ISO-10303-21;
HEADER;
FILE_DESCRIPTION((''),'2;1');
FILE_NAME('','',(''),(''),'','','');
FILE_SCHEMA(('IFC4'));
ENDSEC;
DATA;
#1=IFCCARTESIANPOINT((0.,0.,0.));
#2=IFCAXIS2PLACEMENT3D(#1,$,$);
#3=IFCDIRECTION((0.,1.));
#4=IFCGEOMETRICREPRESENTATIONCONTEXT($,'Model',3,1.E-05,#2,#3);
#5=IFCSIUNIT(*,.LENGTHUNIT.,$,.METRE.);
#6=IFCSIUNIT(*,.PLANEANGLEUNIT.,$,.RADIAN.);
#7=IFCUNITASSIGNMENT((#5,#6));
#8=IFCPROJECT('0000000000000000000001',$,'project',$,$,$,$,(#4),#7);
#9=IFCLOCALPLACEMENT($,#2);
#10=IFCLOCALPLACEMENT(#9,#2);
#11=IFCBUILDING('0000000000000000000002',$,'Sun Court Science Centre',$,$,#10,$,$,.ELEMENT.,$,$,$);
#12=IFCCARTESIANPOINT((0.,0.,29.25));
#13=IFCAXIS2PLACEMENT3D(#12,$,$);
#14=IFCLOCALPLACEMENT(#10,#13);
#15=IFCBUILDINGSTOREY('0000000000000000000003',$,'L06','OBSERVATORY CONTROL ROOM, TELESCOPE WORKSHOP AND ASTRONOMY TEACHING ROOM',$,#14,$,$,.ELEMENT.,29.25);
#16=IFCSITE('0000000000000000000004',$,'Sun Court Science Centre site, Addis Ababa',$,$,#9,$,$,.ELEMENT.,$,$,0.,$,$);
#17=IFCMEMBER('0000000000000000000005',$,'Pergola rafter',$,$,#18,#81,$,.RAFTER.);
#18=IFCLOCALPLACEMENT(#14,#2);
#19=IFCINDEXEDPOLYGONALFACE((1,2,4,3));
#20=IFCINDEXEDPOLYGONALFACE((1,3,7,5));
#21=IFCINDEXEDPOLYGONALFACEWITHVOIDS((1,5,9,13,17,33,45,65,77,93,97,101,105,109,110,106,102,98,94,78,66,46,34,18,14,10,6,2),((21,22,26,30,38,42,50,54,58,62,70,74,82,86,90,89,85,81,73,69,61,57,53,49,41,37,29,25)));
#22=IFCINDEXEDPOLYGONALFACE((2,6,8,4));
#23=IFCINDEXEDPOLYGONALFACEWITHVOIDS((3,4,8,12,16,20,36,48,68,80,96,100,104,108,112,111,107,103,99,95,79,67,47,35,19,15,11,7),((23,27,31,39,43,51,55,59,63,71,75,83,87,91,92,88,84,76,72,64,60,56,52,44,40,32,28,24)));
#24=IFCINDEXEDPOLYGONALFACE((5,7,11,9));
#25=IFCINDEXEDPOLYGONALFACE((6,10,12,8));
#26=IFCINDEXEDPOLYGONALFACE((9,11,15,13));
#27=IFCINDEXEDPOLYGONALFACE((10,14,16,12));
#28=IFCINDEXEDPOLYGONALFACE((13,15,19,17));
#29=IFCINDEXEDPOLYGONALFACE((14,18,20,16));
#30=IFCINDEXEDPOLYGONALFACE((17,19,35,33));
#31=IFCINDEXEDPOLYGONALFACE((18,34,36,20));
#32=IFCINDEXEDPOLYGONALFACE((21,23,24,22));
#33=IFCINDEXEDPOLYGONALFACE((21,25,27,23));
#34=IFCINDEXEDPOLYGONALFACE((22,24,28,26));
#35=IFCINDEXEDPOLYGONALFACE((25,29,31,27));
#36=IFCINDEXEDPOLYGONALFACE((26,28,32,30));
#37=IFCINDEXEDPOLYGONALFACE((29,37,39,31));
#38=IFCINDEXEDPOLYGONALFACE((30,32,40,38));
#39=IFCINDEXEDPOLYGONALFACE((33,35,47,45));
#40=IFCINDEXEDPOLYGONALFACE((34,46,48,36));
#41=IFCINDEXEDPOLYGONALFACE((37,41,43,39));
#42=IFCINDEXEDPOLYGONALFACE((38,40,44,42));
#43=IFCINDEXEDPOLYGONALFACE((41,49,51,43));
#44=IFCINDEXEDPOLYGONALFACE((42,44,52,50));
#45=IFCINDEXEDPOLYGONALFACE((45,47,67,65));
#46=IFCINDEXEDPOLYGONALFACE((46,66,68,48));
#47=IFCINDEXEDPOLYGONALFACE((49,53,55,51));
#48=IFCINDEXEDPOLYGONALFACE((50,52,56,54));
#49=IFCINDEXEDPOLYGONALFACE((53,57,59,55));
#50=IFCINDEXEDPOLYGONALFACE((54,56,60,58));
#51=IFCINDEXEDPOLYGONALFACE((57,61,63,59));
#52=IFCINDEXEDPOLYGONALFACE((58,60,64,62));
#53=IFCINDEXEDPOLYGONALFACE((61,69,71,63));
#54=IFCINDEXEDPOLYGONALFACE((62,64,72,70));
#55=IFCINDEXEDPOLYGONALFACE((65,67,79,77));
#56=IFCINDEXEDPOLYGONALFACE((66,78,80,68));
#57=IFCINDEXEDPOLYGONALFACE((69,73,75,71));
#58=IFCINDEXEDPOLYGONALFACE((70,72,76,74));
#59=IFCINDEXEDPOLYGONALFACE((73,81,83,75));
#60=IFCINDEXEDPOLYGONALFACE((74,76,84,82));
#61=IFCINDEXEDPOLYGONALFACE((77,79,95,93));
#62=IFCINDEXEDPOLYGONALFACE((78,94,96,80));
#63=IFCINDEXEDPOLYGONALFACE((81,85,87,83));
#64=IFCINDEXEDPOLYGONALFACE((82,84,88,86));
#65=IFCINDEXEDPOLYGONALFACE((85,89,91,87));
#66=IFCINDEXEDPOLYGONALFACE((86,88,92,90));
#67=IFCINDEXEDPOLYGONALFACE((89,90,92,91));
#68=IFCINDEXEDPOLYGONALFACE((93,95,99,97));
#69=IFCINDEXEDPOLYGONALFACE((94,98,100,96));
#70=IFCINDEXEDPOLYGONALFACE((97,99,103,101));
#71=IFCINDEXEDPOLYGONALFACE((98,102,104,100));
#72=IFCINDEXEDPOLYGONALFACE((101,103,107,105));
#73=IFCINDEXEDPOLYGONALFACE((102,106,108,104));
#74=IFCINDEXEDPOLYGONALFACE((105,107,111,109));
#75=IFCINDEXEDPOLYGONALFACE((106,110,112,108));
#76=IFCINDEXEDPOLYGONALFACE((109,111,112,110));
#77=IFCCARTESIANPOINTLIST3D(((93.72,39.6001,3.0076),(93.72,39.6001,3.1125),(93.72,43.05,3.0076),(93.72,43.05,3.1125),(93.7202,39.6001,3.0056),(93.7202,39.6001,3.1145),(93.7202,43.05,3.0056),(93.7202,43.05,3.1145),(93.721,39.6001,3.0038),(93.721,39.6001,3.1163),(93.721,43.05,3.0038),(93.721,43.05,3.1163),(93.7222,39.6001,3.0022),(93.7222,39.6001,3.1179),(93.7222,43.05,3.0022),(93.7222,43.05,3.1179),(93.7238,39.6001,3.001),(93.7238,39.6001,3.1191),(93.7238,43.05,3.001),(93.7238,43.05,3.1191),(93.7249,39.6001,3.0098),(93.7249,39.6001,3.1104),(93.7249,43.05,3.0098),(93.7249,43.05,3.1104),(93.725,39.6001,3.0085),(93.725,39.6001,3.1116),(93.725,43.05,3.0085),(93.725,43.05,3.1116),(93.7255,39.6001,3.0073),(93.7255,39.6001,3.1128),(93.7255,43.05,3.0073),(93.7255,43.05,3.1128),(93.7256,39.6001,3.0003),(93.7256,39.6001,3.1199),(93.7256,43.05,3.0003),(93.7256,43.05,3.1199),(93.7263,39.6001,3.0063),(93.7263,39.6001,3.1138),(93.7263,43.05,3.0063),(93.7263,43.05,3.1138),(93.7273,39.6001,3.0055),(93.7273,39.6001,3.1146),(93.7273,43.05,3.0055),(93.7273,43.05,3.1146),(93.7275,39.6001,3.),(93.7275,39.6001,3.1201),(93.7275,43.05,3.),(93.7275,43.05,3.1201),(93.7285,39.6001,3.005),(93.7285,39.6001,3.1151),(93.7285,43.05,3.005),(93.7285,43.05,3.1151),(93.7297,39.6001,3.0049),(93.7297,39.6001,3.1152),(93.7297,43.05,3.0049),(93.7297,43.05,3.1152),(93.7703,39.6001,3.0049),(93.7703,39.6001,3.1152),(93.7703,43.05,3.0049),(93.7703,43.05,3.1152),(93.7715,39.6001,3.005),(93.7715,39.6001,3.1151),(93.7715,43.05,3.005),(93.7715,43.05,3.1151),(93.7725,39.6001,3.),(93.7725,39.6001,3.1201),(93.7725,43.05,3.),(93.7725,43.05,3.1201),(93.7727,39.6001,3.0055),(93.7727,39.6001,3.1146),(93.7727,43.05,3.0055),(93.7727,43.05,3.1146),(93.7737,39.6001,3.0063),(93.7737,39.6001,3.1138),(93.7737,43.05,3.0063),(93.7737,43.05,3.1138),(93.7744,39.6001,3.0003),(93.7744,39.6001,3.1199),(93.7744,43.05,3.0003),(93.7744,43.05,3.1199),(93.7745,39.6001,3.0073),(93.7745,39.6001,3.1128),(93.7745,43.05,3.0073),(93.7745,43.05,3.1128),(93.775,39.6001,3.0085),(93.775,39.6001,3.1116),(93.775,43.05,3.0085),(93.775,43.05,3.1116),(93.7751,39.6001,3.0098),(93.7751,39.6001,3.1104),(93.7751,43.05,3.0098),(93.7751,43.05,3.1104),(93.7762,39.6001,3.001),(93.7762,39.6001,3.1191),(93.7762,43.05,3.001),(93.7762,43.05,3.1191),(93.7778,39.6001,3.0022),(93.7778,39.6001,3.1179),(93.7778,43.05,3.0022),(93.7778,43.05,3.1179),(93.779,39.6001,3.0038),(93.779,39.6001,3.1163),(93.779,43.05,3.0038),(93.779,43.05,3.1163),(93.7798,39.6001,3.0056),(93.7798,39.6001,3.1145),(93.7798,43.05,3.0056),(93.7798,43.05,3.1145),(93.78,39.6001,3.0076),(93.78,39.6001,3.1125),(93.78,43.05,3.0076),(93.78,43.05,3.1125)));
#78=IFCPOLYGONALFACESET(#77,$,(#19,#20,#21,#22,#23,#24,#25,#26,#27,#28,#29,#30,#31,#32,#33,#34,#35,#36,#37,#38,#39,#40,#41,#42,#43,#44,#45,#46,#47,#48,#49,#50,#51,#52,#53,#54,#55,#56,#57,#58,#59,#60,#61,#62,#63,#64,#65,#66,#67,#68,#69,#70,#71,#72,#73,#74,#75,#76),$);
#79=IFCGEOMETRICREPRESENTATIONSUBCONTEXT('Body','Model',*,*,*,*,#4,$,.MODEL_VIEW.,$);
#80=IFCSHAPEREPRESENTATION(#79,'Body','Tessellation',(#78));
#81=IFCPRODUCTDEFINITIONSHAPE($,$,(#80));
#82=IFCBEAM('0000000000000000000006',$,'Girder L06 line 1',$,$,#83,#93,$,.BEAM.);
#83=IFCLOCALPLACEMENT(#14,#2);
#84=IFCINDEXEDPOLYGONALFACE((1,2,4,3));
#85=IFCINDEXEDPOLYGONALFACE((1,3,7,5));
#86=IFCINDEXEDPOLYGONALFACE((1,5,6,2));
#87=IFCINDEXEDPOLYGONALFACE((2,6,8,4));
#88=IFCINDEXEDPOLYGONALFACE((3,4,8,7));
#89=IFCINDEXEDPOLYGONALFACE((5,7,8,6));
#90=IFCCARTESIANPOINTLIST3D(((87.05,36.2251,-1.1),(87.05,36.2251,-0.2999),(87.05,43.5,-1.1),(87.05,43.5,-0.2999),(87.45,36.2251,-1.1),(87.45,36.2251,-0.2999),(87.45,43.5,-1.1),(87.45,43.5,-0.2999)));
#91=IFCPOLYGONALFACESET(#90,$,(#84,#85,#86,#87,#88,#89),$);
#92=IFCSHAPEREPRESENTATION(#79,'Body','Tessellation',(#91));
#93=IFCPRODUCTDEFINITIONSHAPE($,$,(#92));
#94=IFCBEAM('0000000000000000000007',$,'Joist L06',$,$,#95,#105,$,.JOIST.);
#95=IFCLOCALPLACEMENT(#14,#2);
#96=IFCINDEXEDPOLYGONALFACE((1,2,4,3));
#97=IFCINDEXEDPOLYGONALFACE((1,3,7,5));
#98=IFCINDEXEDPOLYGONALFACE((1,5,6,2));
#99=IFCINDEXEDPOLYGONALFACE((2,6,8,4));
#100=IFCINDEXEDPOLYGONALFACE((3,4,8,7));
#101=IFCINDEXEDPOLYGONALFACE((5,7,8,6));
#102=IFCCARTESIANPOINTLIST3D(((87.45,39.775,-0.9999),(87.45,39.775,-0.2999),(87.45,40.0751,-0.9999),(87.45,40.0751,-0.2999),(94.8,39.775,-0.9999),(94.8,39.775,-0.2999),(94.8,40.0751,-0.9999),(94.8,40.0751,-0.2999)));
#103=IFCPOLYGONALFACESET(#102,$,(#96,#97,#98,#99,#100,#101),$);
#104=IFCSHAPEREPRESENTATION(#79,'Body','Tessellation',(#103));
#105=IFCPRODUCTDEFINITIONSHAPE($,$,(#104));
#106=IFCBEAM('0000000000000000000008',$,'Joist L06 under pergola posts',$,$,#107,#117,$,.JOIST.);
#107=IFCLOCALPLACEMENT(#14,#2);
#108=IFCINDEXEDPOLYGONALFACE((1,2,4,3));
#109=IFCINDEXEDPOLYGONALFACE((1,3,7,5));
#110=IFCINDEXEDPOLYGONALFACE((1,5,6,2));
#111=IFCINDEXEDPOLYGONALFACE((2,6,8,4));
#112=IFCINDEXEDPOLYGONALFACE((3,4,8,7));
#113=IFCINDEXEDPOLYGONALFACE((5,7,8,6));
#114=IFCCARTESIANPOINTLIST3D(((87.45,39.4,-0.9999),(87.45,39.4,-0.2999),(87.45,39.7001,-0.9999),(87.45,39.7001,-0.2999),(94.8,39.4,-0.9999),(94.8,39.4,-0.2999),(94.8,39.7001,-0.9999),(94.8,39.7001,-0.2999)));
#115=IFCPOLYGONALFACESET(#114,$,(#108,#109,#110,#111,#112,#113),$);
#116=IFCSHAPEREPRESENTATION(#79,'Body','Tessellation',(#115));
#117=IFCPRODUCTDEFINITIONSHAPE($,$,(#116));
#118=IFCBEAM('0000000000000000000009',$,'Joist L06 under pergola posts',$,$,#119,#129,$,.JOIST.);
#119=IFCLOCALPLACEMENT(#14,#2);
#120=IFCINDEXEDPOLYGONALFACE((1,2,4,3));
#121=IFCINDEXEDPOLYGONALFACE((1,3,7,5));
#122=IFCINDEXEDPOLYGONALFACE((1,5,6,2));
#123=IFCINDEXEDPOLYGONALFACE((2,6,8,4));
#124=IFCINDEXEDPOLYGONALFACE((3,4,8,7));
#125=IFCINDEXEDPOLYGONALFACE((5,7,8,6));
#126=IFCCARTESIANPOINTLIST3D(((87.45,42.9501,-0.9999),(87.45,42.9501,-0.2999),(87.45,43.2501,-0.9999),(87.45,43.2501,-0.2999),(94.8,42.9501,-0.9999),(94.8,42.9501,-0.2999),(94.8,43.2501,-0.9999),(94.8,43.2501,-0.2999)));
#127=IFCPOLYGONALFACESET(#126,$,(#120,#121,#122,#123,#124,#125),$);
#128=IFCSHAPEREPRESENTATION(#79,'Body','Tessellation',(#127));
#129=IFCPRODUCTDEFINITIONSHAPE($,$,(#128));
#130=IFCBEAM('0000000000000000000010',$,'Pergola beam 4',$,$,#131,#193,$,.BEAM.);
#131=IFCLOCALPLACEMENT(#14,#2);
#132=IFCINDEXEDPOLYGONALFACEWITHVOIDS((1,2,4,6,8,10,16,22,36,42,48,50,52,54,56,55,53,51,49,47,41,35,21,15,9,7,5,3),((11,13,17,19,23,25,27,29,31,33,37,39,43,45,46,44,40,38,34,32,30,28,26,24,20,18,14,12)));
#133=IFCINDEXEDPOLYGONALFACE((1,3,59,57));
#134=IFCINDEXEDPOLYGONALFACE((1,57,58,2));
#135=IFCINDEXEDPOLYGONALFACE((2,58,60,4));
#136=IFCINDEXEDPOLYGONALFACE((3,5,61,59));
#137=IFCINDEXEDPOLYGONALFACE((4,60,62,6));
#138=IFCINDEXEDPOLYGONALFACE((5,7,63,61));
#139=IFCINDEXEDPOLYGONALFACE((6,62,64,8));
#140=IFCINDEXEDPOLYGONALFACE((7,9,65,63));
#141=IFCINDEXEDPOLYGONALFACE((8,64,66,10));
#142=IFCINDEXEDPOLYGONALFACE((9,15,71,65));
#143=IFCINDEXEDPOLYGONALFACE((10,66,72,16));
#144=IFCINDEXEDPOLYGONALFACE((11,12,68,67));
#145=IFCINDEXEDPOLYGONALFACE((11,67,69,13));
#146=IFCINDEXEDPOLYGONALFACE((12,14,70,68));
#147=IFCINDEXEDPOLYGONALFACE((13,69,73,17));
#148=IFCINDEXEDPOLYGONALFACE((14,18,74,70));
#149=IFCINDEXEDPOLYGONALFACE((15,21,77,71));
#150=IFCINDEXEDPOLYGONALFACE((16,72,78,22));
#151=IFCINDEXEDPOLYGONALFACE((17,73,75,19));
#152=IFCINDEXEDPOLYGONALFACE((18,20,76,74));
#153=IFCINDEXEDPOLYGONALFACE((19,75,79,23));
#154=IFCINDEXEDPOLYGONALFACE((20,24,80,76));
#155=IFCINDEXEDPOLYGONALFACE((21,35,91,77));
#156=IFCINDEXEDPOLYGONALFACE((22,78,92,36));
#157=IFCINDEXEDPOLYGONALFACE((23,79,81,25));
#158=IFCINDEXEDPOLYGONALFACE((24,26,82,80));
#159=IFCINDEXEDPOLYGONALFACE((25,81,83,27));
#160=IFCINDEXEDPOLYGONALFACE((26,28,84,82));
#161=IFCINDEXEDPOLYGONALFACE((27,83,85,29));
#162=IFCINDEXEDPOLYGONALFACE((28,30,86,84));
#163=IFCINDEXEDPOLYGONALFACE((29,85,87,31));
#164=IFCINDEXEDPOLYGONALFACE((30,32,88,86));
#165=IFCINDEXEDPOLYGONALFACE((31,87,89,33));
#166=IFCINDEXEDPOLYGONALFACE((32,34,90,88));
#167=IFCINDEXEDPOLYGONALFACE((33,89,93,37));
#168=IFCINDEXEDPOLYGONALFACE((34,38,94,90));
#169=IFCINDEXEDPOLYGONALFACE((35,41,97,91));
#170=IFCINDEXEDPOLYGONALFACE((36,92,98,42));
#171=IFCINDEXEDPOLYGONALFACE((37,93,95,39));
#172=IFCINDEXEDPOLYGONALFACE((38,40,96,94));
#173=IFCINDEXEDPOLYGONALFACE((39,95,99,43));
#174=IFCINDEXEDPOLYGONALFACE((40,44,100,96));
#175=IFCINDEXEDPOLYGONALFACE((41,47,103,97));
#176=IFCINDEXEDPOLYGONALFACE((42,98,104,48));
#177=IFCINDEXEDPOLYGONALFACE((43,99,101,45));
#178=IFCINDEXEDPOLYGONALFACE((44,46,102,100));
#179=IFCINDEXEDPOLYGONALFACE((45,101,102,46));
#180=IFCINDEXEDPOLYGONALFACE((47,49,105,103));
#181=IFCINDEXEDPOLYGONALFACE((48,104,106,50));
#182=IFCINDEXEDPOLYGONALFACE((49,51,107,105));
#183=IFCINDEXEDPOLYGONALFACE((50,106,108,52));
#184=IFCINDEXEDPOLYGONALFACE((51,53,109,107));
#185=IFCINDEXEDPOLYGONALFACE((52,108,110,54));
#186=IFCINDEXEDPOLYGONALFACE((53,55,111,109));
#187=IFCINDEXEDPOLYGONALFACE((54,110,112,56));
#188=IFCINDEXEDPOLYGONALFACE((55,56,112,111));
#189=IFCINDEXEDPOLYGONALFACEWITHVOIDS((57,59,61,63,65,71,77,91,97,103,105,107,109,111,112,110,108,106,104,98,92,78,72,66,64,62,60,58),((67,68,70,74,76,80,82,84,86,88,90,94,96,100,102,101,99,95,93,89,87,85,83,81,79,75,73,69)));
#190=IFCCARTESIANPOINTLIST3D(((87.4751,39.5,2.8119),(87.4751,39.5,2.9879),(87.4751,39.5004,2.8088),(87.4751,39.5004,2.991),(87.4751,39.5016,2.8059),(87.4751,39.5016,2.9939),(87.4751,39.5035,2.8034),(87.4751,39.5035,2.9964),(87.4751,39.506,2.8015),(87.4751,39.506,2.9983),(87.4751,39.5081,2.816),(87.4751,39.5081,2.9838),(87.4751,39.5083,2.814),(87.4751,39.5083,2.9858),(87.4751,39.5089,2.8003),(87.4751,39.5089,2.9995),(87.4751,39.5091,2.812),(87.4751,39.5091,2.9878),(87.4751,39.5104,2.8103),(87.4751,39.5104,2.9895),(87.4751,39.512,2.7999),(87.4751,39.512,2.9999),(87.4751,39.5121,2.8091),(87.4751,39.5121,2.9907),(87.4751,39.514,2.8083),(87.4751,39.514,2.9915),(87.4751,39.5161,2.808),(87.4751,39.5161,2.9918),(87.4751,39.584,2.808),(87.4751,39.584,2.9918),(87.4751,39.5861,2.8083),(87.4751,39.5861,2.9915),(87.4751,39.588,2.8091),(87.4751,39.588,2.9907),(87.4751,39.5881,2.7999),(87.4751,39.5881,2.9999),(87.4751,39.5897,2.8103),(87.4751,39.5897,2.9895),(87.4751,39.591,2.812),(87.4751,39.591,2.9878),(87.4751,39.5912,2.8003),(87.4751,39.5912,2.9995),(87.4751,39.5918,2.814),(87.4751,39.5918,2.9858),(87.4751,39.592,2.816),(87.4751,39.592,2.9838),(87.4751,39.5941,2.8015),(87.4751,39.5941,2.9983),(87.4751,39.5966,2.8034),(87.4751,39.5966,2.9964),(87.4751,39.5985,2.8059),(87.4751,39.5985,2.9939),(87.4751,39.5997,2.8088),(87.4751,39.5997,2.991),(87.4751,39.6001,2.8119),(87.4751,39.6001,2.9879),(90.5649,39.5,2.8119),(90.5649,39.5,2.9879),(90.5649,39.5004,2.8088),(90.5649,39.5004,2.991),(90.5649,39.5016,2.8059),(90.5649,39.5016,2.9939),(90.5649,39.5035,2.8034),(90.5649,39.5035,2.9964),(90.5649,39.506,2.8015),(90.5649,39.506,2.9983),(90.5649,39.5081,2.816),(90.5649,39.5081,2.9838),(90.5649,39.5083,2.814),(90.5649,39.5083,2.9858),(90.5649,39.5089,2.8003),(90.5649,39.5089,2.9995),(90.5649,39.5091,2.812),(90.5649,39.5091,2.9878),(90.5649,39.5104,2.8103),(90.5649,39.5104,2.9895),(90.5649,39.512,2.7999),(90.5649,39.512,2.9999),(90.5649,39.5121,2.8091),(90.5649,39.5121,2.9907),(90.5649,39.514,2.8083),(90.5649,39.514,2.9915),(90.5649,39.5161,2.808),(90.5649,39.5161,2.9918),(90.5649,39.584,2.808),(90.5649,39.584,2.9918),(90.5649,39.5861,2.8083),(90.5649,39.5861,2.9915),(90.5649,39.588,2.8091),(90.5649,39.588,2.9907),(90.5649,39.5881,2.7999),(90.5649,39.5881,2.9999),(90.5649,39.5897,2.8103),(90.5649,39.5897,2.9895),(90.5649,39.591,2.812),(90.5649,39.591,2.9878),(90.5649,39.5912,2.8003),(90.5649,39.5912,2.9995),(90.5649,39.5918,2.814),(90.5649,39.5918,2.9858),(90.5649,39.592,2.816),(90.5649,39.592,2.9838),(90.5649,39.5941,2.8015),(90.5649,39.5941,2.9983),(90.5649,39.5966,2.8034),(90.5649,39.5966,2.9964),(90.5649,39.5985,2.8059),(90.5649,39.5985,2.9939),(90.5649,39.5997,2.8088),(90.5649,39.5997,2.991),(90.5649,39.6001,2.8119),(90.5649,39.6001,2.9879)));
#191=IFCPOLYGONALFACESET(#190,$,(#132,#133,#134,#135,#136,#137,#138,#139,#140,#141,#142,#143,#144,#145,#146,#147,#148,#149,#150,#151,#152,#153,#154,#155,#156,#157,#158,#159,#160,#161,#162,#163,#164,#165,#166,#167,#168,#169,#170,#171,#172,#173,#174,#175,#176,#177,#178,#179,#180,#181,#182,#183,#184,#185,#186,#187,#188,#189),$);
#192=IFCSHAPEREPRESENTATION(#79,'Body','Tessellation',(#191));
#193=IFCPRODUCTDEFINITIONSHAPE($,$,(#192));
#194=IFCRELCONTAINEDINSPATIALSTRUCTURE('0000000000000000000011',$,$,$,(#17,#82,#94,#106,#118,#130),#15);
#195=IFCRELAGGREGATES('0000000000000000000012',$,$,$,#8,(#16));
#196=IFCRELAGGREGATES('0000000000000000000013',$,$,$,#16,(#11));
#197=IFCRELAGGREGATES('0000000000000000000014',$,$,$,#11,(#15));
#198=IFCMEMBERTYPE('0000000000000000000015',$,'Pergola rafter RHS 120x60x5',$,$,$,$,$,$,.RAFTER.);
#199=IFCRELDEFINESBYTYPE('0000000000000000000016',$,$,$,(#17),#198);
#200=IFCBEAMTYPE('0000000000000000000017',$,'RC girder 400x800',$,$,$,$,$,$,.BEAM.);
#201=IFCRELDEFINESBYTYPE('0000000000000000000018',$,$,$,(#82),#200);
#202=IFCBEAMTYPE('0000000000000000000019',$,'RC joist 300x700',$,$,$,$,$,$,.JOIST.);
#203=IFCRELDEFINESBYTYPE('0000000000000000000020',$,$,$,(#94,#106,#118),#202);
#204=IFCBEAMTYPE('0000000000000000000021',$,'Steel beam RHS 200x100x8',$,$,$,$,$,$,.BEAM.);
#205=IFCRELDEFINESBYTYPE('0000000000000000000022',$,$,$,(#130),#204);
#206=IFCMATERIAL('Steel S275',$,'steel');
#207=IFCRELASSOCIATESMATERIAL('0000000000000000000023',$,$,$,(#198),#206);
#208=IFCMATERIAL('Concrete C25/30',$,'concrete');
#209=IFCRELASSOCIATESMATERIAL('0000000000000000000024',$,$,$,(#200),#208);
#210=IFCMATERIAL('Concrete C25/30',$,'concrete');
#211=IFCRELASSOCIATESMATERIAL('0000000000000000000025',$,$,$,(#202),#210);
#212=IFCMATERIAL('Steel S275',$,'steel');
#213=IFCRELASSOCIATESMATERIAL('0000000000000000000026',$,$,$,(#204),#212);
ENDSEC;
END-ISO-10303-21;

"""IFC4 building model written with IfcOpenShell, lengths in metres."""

from ifc_helpers import new_model, si_unit, direction, frame, origin, origin_2d, place, context, subcontext, project, spatial, rectangle, hollow_rectangle, extrude, material, material_profile, profile_set, type_object, element, save


model = new_model("IFC4")

# Units and contexts
model_context = context("Model", 3, precision=1e-05, world=origin(), true_north=direction((0.0, 1.0)))
body_context = subcontext(model_context, "Body", "Model", "MODEL_VIEW")
ifc_project = project(units=[si_unit("LENGTHUNIT", "METRE"), si_unit("PLANEANGLEUNIT", "RADIAN")], contexts=[model_context])

# Site, building, storey
site_placement = place(None, origin())
site = spatial("IfcSite", under=ifc_project, at=site_placement, Name="Sun Court Science Centre site, Addis Ababa", CompositionType="ELEMENT", RefElevation=0.0)
building_placement = place(site_placement, origin())
building = spatial("IfcBuilding", under=site, at=building_placement, Name="Sun Court Science Centre", CompositionType="ELEMENT")
storey_placement = place(building_placement, frame((0.0, 0.0, 29.25)))
storey = spatial("IfcBuildingStorey", under=building, at=storey_placement, Name="L06", Description="OBSERVATORY CONTROL ROOM, TELESCOPE WORKSHOP AND ASTRONOMY TEACHING ROOM", CompositionType="ELEMENT", Elevation=29.25)

# Member
ifc_material_1 = material(Name="Steel S275", Category="steel")
ifc_material_profile_1 = material_profile(ifc_material_1, hollow_rectangle(XDim=0.0601, YDim=0.1201, WallThickness=0.0049, InnerFilletRadius=0.0049, OuterFilletRadius=0.0076, at=origin_2d()), Name="RHS 120x60x5")
ifc_profile_set_1 = profile_set([ifc_material_profile_1], Name="Steel S275")
member_type_1 = type_object("IfcMemberType", Name="Pergola rafter RHS 120x60x5", PredefinedType="RAFTER", material=ifc_profile_set_1)
for number, where, z_axis, x_axis, name in (
    (1, (93.75, 39.6001, 3.0601), (0.0, 1.0, 0.0), (-1.0, 0.0, 0.0), "Pergola rafter"),
):
    element("IfcMember", number, at=place(storey_placement, frame(where, z_axis=z_axis, x_axis=x_axis)), inside=storey, type_object=member_type_1, Name=name, PredefinedType="RAFTER", context=body_context, shape_type="SweptSolid", body=[
        extrude(hollow_rectangle(XDim=0.0601, YDim=0.1201, WallThickness=0.0049, InnerFilletRadius=0.0049, OuterFilletRadius=0.0076, at=origin_2d()), origin(), (0.0, 0.0, 1.0), 3.45),
    ])

# Beams
ifc_material_2 = material(Name="Concrete C25/30", Category="concrete")
ifc_material_profile_2 = material_profile(ifc_material_2, rectangle(XDim=0.3999, YDim=0.8, at=origin_2d()), Name="RC 400x800")
ifc_profile_set_2 = profile_set([ifc_material_profile_2], Name="Concrete C25/30")
beam_type_1 = type_object("IfcBeamType", Name="RC girder 400x800", PredefinedType="BEAM", material=ifc_profile_set_2)
beam_placement = place(storey_placement, frame((87.25, 36.2251, -0.7), z_axis=(0.0, 1.0, 0.0), x_axis=(-1.0, 0.0, 0.0)))
element("IfcBeam", 2, at=beam_placement, inside=storey, type_object=beam_type_1, Name="Girder L06 line 1", PredefinedType="BEAM", context=body_context, shape_type="SweptSolid", body=[
    extrude(rectangle(XDim=0.3999, YDim=0.8, at=origin_2d()), origin(), (0.0, 0.0, 1.0), 7.2749),
])
ifc_material_3 = material(Name="Concrete C25/30", Category="concrete")
ifc_material_profile_3 = material_profile(ifc_material_3, rectangle(XDim=0.3, YDim=0.7, at=origin_2d()), Name="RC 300x700")
ifc_profile_set_3 = profile_set([ifc_material_profile_3], Name="Concrete C25/30")
beam_type_2 = type_object("IfcBeamType", Name="RC joist 300x700", PredefinedType="JOIST", material=ifc_profile_set_3)
for number, where, z_axis, x_axis, name in (
    (3, (87.45, 39.925, -0.6499), (1.0, 0.0, 0.0), (0.0, 1.0, 0.0), "Joist L06"),
    (4, (87.45, 39.55, -0.6499), (1.0, 0.0, 0.0), (0.0, 1.0, 0.0), "Joist L06 under pergola posts"),
    (5, (87.45, 43.1001, -0.6499), (1.0, 0.0, 0.0), (0.0, 1.0, 0.0), "Joist L06 under pergola posts"),
):
    element("IfcBeam", number, at=place(storey_placement, frame(where, z_axis=z_axis, x_axis=x_axis)), inside=storey, type_object=beam_type_2, Name=name, PredefinedType="JOIST", context=body_context, shape_type="SweptSolid", body=[
        extrude(rectangle(XDim=0.3, YDim=0.7, at=origin_2d()), origin(), (0.0, 0.0, 1.0), 7.3501),
    ])
ifc_material_4 = material(Name="Steel S275", Category="steel")
ifc_material_profile_4 = material_profile(ifc_material_4, hollow_rectangle(XDim=0.1001, YDim=0.2, WallThickness=0.0081, InnerFilletRadius=0.0081, OuterFilletRadius=0.012, at=origin_2d()), Name="RHS 200x100x8")
ifc_profile_set_4 = profile_set([ifc_material_profile_4], Name="Steel S275")
beam_type_3 = type_object("IfcBeamType", Name="Steel beam RHS 200x100x8", PredefinedType="BEAM", material=ifc_profile_set_4)
for number, where, z_axis, x_axis, name in (
    (6, (87.4751, 39.55, 2.8999), (1.0, 0.0, 0.0), (0.0, 1.0, 0.0), "Pergola beam 4"),
):
    element("IfcBeam", number, at=place(storey_placement, frame(where, z_axis=z_axis, x_axis=x_axis)), inside=storey, type_object=beam_type_3, Name=name, PredefinedType="BEAM", context=body_context, shape_type="SweptSolid", body=[
        extrude(hollow_rectangle(XDim=0.1001, YDim=0.2, WallThickness=0.0081, InnerFilletRadius=0.0081, OuterFilletRadius=0.012, at=origin_2d()), origin(), (0.0, 0.0, 1.0), 3.0898),
    ])

save(model, "model.ifc")
